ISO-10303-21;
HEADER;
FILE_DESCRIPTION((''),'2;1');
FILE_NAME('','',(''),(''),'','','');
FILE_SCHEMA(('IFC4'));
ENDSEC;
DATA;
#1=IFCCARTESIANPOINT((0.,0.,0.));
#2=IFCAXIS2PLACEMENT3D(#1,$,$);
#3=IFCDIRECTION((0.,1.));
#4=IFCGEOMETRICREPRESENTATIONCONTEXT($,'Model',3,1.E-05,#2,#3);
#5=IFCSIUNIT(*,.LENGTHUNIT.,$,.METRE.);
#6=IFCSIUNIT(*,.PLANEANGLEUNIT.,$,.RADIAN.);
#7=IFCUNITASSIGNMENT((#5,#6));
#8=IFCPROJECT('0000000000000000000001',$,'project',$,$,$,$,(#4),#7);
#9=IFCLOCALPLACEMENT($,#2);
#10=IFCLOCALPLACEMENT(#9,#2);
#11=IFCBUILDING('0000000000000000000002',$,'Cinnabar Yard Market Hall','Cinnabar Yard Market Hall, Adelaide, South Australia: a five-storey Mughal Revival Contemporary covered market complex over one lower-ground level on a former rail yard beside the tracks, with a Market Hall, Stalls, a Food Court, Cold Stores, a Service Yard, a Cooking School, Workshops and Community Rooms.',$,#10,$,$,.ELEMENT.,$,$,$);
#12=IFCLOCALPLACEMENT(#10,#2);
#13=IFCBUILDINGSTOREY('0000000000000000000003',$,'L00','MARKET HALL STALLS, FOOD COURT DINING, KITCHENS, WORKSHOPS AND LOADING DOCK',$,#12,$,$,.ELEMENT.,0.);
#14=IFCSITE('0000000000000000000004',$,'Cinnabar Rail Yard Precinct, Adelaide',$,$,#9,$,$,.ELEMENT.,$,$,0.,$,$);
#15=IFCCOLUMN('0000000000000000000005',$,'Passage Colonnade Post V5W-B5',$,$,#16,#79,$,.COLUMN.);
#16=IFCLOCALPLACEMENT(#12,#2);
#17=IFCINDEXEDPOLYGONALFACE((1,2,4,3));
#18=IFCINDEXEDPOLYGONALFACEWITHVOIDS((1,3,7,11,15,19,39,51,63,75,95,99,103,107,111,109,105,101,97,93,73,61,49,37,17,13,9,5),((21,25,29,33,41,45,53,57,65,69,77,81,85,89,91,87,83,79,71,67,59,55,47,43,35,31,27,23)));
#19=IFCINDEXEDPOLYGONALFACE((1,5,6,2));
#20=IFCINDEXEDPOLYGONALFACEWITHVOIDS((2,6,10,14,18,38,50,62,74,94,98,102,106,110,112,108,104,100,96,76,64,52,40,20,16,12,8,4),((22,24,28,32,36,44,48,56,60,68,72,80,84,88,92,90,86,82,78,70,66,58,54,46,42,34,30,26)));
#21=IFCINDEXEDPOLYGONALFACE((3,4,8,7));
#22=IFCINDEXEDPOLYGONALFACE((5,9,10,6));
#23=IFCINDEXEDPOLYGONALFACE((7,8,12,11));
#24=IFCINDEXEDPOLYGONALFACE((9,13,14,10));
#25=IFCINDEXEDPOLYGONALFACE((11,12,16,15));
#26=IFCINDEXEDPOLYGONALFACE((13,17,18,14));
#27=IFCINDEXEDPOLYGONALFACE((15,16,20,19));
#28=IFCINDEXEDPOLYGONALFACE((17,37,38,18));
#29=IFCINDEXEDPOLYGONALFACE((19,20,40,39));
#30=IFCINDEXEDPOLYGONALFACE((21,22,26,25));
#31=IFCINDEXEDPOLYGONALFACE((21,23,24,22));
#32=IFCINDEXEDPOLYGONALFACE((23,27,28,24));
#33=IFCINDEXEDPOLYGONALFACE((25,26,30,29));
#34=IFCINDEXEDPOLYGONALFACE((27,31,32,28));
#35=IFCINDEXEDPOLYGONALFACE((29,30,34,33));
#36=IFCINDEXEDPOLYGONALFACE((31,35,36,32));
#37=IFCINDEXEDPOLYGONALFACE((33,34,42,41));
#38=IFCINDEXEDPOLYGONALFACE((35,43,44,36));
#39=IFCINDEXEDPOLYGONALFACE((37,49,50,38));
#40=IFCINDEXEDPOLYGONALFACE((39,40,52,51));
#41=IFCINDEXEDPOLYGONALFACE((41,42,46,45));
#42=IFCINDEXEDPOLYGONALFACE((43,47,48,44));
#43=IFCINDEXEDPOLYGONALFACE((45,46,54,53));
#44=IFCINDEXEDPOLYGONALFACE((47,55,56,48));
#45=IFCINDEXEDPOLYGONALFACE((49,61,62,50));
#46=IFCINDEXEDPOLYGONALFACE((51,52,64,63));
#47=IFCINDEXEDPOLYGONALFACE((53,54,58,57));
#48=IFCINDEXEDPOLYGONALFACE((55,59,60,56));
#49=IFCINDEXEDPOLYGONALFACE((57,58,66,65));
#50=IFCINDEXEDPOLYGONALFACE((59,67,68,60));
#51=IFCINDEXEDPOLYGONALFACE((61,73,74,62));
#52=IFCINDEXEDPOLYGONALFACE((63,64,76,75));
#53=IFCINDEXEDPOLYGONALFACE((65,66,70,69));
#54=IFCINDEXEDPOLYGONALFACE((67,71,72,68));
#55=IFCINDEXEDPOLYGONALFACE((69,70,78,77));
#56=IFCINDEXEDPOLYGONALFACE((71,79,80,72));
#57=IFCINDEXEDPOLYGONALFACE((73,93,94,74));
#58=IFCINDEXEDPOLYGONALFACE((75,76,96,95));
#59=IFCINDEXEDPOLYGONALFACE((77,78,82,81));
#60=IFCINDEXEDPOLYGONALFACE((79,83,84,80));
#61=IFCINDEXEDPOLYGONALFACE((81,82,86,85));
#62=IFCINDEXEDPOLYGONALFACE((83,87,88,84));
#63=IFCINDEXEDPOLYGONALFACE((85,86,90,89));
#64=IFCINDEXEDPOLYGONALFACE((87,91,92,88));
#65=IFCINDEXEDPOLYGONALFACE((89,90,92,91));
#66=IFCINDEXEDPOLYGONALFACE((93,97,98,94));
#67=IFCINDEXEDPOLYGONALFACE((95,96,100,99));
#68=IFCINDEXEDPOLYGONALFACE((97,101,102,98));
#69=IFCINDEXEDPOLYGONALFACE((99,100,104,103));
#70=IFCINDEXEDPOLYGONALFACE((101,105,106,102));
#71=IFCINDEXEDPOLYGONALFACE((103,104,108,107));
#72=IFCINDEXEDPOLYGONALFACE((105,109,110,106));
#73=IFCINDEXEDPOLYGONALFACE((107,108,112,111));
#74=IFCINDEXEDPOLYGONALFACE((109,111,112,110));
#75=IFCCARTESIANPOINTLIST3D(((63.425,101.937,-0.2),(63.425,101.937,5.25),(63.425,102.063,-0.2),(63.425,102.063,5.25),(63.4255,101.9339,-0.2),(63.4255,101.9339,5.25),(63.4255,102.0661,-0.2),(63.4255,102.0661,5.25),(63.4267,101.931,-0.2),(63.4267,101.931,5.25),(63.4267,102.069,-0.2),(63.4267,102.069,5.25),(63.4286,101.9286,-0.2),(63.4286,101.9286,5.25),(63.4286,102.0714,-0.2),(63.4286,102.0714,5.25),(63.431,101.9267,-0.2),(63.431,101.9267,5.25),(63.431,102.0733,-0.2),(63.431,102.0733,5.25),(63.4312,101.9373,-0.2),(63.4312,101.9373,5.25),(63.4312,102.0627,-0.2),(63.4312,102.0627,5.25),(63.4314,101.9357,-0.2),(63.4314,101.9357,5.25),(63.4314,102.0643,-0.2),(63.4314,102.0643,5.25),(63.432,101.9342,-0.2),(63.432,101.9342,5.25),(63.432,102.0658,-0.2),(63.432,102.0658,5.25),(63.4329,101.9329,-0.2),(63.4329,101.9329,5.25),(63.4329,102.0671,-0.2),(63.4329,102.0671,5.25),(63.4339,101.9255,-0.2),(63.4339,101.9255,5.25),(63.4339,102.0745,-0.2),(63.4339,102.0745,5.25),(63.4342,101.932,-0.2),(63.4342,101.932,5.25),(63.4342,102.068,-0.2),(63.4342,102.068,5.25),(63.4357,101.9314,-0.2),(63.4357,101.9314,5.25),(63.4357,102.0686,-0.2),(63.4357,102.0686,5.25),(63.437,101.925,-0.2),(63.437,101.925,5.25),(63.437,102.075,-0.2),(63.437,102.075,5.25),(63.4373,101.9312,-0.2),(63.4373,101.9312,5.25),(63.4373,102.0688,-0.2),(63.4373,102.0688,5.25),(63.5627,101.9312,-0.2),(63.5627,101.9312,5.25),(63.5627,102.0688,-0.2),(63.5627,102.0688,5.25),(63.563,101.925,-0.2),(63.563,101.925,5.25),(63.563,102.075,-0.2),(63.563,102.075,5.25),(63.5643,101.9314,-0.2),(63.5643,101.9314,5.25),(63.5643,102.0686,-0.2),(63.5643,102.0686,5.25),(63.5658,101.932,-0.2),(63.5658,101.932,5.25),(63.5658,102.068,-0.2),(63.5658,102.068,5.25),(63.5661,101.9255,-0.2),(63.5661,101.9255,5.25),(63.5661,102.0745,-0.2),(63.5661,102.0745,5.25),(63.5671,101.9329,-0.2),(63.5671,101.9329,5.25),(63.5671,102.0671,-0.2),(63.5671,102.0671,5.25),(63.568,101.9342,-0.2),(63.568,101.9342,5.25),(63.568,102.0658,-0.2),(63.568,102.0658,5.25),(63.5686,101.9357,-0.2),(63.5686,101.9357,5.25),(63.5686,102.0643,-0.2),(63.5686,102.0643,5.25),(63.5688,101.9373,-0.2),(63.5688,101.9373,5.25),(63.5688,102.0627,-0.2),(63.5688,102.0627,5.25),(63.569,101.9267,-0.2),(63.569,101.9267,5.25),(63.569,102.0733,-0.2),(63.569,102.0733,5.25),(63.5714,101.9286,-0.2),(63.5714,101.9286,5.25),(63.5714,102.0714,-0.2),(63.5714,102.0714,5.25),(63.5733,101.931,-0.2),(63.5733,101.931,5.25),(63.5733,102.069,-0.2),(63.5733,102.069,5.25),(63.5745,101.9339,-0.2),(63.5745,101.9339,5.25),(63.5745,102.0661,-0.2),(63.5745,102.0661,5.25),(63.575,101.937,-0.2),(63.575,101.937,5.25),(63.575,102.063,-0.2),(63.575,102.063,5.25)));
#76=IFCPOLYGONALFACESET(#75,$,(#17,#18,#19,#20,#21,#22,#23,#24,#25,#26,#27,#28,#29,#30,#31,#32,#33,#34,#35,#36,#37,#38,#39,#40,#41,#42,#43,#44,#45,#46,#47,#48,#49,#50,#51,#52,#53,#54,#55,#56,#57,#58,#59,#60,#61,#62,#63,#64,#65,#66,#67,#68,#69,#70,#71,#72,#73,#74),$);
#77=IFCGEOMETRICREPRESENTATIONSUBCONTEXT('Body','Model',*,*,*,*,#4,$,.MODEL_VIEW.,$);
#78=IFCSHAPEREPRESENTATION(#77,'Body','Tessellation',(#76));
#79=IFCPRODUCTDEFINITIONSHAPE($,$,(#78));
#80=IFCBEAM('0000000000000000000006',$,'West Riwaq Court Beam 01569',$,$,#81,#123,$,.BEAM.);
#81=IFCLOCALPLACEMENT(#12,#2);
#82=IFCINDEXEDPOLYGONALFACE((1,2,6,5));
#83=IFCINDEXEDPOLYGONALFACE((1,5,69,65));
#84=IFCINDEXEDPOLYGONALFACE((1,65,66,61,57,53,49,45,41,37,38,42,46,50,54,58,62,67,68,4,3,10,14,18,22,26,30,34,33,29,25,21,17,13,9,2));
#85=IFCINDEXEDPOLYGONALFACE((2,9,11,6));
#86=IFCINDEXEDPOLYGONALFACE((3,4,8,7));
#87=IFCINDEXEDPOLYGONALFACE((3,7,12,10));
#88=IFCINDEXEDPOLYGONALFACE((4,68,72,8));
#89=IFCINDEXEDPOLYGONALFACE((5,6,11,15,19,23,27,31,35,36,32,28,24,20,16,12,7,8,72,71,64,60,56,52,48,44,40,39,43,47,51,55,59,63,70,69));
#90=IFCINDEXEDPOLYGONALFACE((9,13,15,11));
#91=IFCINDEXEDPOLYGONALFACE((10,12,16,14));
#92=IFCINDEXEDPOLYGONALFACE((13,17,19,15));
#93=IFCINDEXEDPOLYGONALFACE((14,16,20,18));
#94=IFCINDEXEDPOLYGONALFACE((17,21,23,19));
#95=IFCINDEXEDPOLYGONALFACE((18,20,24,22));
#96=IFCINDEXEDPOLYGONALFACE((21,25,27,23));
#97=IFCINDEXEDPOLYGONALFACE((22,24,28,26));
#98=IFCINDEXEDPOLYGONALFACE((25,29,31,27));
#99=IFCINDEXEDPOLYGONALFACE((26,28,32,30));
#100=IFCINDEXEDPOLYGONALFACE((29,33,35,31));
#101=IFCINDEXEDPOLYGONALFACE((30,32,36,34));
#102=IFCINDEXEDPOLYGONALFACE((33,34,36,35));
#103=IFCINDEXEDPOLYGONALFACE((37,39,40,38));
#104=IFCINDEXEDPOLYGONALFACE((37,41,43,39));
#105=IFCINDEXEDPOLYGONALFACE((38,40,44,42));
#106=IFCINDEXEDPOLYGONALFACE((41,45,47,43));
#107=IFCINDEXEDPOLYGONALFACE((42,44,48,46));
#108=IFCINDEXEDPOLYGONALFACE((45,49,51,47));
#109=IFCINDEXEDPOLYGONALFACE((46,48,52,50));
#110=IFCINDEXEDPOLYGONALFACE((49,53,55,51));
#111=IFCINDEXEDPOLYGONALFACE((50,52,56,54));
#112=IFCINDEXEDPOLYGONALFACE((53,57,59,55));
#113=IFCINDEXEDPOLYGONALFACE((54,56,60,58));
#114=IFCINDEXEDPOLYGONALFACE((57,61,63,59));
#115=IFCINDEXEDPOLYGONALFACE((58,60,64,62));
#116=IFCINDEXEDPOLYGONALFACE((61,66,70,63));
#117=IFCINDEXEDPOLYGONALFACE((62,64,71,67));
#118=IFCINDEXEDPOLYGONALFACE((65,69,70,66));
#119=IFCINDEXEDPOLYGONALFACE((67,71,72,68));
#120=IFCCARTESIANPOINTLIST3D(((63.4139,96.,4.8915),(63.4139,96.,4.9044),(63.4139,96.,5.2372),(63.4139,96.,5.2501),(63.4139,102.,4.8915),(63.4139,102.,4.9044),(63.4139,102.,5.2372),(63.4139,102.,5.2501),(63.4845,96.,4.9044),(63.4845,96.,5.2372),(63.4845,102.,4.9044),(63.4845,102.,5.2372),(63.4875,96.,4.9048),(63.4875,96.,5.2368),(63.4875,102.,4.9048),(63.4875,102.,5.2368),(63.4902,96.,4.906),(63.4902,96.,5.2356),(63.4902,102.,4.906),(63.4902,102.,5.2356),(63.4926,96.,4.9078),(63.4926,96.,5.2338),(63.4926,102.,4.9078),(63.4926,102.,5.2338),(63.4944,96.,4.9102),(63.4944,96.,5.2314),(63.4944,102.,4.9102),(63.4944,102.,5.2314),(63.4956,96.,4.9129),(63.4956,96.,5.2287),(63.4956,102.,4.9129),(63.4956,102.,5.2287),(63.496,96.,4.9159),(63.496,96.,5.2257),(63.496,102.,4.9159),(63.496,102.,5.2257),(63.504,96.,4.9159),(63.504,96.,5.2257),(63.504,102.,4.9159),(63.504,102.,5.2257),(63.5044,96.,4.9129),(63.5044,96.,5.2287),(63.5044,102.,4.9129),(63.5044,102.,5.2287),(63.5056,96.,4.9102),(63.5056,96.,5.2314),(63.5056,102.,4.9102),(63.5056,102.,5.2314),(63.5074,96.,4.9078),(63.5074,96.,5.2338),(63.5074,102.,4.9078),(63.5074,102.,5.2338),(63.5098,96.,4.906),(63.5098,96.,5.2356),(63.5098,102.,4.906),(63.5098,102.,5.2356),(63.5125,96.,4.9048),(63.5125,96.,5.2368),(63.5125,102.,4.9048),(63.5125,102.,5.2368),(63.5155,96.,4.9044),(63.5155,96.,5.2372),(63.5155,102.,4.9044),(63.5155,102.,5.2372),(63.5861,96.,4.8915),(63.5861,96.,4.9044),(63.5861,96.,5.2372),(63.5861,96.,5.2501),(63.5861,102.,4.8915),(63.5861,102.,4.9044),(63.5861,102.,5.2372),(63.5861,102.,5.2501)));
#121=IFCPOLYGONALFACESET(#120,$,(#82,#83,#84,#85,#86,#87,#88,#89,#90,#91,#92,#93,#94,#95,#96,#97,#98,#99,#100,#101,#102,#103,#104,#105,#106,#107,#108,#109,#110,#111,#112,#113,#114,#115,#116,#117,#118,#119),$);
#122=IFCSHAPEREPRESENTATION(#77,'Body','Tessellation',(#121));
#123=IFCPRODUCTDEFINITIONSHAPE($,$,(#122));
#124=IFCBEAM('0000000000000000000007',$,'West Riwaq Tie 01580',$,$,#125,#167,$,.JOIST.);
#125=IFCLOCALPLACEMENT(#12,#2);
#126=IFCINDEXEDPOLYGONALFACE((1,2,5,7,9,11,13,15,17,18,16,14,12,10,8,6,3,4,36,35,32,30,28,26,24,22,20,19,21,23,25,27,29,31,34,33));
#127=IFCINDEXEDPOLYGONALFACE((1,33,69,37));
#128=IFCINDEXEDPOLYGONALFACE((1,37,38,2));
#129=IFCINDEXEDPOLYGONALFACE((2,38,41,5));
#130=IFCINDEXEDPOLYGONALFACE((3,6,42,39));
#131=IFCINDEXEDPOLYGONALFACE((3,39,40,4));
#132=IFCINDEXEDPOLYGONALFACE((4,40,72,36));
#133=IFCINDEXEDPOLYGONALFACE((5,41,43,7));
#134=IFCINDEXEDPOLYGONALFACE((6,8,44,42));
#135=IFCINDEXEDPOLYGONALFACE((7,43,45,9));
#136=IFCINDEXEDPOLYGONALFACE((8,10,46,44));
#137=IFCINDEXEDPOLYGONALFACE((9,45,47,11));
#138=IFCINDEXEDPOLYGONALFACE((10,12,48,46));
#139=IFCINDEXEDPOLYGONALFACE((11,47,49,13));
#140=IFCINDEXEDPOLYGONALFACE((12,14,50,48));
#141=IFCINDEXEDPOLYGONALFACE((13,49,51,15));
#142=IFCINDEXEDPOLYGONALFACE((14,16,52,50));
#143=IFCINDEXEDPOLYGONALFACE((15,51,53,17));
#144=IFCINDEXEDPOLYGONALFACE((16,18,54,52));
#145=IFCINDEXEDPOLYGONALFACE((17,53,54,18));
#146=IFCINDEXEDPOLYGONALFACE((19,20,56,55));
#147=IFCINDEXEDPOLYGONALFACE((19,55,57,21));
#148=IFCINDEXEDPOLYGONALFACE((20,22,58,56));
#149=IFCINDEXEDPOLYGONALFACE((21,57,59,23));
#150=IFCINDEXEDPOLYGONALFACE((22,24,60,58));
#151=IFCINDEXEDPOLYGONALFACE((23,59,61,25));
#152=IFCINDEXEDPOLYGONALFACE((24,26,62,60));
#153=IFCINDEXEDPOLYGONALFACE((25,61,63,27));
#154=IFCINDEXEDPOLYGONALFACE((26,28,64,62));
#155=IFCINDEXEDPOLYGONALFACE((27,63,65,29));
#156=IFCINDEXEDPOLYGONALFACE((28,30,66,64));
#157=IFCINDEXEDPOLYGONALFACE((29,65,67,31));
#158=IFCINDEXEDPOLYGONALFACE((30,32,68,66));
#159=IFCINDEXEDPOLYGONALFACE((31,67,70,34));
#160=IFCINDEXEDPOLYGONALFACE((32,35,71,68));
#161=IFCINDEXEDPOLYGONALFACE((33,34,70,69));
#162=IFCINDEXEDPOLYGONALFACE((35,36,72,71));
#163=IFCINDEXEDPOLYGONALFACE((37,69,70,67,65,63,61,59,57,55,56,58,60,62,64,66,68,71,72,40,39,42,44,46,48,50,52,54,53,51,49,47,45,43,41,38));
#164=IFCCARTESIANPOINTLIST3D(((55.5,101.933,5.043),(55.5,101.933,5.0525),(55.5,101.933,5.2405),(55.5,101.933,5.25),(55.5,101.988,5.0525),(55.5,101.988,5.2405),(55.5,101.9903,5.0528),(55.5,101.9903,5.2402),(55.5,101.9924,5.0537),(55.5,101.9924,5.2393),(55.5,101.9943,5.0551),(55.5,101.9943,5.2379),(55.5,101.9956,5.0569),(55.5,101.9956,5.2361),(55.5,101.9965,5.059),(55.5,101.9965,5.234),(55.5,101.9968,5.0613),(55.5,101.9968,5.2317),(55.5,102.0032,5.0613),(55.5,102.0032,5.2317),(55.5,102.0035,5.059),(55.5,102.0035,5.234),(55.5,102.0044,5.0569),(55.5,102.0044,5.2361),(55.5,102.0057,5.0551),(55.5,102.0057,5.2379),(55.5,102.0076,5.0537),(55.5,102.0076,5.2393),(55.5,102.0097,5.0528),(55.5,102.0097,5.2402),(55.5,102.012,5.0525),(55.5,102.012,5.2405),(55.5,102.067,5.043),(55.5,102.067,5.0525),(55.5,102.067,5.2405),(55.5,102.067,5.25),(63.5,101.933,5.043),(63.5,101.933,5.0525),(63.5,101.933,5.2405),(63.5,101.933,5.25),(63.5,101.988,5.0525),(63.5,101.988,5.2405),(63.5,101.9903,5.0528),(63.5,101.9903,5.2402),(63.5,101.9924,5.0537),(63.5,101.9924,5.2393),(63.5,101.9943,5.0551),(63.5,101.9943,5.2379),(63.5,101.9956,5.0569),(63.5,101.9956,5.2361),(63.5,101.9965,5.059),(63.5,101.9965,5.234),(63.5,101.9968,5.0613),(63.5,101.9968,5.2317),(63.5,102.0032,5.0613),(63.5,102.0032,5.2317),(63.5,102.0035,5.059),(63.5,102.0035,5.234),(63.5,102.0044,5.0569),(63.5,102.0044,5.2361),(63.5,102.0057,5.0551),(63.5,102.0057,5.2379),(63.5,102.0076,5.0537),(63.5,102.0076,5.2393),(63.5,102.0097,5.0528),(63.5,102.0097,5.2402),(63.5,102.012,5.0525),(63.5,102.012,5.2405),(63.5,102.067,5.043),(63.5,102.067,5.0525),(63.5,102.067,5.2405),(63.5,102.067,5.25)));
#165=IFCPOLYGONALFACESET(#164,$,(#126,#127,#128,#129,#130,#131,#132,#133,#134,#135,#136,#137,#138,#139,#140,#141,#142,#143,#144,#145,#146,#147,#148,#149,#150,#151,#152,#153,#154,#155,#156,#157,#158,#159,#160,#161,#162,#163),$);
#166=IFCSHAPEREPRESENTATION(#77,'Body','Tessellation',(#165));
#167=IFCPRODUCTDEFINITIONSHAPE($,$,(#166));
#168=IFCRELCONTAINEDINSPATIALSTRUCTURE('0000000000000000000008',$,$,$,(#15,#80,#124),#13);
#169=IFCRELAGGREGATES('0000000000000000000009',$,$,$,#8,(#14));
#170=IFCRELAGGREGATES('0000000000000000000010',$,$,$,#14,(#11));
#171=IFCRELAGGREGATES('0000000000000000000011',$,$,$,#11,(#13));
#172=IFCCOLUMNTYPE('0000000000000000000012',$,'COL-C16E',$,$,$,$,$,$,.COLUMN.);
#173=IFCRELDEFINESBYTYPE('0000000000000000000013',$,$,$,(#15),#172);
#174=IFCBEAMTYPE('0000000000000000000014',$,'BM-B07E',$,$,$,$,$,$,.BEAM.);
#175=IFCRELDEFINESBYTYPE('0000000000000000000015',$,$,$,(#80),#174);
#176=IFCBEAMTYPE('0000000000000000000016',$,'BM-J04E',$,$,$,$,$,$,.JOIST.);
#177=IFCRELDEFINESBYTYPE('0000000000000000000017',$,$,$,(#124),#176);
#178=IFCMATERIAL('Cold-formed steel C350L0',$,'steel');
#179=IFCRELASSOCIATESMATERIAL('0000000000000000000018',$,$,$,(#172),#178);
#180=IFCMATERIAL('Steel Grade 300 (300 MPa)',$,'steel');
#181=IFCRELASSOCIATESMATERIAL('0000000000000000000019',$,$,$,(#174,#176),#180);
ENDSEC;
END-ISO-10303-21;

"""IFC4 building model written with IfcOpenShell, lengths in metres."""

from ifc_helpers import new_model, si_unit, direction, frame, origin, origin_2d_with_axis, place, context, subcontext, project, spatial, hollow_rectangle, i_section, extrude, material, material_profile, profile_set, type_object, element, save


model = new_model("IFC4")

# Units and contexts
model_context = context("Model", 3, precision=1e-05, world=origin(), true_north=direction((0.0, 1.0)))
body_context = subcontext(model_context, "Body", "Model", "MODEL_VIEW")
ifc_project = project(units=[si_unit("LENGTHUNIT", "METRE"), si_unit("PLANEANGLEUNIT", "RADIAN")], contexts=[model_context])

# Site, building, storey
site_placement = place(None, origin())
site = spatial("IfcSite", under=ifc_project, at=site_placement, Name="Cinnabar Rail Yard Precinct, Adelaide", CompositionType="ELEMENT", RefElevation=0.0)
building_placement = place(site_placement, origin())
building = spatial("IfcBuilding", under=site, at=building_placement, Name="Cinnabar Yard Market Hall", Description="Cinnabar Yard Market Hall, Adelaide, South Australia: a five-storey Mughal Revival Contemporary covered market complex over one lower-ground level on a former rail yard beside the tracks, with a Market Hall, Stalls, a Food Court, Cold Stores, a Service Yard, a Cooking School, Workshops and Community Rooms.", CompositionType="ELEMENT")
storey_placement = place(building_placement, origin())
storey = spatial("IfcBuildingStorey", under=building, at=storey_placement, Name="L00", Description="MARKET HALL STALLS, FOOD COURT DINING, KITCHENS, WORKSHOPS AND LOADING DOCK", CompositionType="ELEMENT", Elevation=0.0)

# Column
ifc_material_1 = material(Name="Cold-formed steel C350L0", Category="steel")
ifc_material_profile_1 = material_profile(ifc_material_1, hollow_rectangle(XDim=0.1499, YDim=0.1499, WallThickness=0.0061, InnerFilletRadius=0.0061, OuterFilletRadius=0.012, at=origin_2d_with_axis()), Name="150x150x6.0SHS")
ifc_profile_set_1 = profile_set([ifc_material_profile_1], Name="Cold-formed steel C350L0")
column_type_1 = type_object("IfcColumnType", Name="COL-C16E", PredefinedType="COLUMN", material=ifc_profile_set_1)
column_1_placement = place(storey_placement, frame((63.5, 102.0, -0.2), z_axis=(0.0, 0.0, 1.0), x_axis=(1.0, 0.0, 0.0)))
element("IfcColumn", 1, at=column_1_placement, inside=storey, type_object=column_type_1, Name="Passage Colonnade Post V5W-B5", PredefinedType="COLUMN", context=body_context, shape_type="SweptSolid", body=[
    extrude(hollow_rectangle(XDim=0.1499, YDim=0.1499, WallThickness=0.0061, InnerFilletRadius=0.0061, OuterFilletRadius=0.012, at=origin_2d_with_axis()), origin(), (0.0, 0.0, 1.0), 5.45),
])

# Beams
ifc_material_2 = material(Name="Steel Grade 300 (300 MPa)", Category="steel")
ifc_material_profile_2 = material_profile(ifc_material_2, i_section(OverallWidth=0.1721, OverallDepth=0.3586, WebThickness=0.0081, FlangeThickness=0.0129, FilletRadius=0.0115, at=origin_2d_with_axis()), Name="360UB56.7")
ifc_profile_set_2 = profile_set([ifc_material_profile_2], Name="Steel Grade 300 (300 MPa)")
beam_type_1 = type_object("IfcBeamType", Name="BM-B07E", PredefinedType="BEAM", material=ifc_profile_set_2)
beam_1_placement = place(storey_placement, frame((63.5, 96.0, 5.0708), z_axis=(0.0, 1.0, 0.0), x_axis=(-1.0, 0.0, 0.0)))
element("IfcBeam", 2, at=beam_1_placement, inside=storey, type_object=beam_type_1, Name="West Riwaq Court Beam 01569", PredefinedType="BEAM", context=body_context, shape_type="SweptSolid", body=[
    extrude(i_section(OverallWidth=0.1721, OverallDepth=0.3586, WebThickness=0.0081, FlangeThickness=0.0129, FilletRadius=0.0115, at=origin_2d_with_axis()), origin(), (0.0, 0.0, 1.0), 6.0),
])
ifc_material_profile_3 = material_profile(ifc_material_2, i_section(OverallWidth=0.134, OverallDepth=0.207, WebThickness=0.0063, FlangeThickness=0.0095, FilletRadius=0.0088, at=origin_2d_with_axis()), Name="200UB29.8")
ifc_profile_set_3 = profile_set([ifc_material_profile_3], Name="Steel Grade 300 (300 MPa)")
beam_type_2 = type_object("IfcBeamType", Name="BM-J04E", PredefinedType="JOIST", material=ifc_profile_set_3)
beam_2_placement = place(storey_placement, frame((55.5, 102.0, 5.1465), z_axis=(1.0, 0.0, 0.0), x_axis=(0.0, 1.0, 0.0)))
element("IfcBeam", 3, at=beam_2_placement, inside=storey, type_object=beam_type_2, Name="West Riwaq Tie 01580", PredefinedType="JOIST", context=body_context, shape_type="SweptSolid", body=[
    extrude(i_section(OverallWidth=0.134, OverallDepth=0.207, WebThickness=0.0063, FlangeThickness=0.0095, FilletRadius=0.0088, at=origin_2d_with_axis()), origin(), (0.0, 0.0, 1.0), 8.0),
])

save(model, "model.ifc")
